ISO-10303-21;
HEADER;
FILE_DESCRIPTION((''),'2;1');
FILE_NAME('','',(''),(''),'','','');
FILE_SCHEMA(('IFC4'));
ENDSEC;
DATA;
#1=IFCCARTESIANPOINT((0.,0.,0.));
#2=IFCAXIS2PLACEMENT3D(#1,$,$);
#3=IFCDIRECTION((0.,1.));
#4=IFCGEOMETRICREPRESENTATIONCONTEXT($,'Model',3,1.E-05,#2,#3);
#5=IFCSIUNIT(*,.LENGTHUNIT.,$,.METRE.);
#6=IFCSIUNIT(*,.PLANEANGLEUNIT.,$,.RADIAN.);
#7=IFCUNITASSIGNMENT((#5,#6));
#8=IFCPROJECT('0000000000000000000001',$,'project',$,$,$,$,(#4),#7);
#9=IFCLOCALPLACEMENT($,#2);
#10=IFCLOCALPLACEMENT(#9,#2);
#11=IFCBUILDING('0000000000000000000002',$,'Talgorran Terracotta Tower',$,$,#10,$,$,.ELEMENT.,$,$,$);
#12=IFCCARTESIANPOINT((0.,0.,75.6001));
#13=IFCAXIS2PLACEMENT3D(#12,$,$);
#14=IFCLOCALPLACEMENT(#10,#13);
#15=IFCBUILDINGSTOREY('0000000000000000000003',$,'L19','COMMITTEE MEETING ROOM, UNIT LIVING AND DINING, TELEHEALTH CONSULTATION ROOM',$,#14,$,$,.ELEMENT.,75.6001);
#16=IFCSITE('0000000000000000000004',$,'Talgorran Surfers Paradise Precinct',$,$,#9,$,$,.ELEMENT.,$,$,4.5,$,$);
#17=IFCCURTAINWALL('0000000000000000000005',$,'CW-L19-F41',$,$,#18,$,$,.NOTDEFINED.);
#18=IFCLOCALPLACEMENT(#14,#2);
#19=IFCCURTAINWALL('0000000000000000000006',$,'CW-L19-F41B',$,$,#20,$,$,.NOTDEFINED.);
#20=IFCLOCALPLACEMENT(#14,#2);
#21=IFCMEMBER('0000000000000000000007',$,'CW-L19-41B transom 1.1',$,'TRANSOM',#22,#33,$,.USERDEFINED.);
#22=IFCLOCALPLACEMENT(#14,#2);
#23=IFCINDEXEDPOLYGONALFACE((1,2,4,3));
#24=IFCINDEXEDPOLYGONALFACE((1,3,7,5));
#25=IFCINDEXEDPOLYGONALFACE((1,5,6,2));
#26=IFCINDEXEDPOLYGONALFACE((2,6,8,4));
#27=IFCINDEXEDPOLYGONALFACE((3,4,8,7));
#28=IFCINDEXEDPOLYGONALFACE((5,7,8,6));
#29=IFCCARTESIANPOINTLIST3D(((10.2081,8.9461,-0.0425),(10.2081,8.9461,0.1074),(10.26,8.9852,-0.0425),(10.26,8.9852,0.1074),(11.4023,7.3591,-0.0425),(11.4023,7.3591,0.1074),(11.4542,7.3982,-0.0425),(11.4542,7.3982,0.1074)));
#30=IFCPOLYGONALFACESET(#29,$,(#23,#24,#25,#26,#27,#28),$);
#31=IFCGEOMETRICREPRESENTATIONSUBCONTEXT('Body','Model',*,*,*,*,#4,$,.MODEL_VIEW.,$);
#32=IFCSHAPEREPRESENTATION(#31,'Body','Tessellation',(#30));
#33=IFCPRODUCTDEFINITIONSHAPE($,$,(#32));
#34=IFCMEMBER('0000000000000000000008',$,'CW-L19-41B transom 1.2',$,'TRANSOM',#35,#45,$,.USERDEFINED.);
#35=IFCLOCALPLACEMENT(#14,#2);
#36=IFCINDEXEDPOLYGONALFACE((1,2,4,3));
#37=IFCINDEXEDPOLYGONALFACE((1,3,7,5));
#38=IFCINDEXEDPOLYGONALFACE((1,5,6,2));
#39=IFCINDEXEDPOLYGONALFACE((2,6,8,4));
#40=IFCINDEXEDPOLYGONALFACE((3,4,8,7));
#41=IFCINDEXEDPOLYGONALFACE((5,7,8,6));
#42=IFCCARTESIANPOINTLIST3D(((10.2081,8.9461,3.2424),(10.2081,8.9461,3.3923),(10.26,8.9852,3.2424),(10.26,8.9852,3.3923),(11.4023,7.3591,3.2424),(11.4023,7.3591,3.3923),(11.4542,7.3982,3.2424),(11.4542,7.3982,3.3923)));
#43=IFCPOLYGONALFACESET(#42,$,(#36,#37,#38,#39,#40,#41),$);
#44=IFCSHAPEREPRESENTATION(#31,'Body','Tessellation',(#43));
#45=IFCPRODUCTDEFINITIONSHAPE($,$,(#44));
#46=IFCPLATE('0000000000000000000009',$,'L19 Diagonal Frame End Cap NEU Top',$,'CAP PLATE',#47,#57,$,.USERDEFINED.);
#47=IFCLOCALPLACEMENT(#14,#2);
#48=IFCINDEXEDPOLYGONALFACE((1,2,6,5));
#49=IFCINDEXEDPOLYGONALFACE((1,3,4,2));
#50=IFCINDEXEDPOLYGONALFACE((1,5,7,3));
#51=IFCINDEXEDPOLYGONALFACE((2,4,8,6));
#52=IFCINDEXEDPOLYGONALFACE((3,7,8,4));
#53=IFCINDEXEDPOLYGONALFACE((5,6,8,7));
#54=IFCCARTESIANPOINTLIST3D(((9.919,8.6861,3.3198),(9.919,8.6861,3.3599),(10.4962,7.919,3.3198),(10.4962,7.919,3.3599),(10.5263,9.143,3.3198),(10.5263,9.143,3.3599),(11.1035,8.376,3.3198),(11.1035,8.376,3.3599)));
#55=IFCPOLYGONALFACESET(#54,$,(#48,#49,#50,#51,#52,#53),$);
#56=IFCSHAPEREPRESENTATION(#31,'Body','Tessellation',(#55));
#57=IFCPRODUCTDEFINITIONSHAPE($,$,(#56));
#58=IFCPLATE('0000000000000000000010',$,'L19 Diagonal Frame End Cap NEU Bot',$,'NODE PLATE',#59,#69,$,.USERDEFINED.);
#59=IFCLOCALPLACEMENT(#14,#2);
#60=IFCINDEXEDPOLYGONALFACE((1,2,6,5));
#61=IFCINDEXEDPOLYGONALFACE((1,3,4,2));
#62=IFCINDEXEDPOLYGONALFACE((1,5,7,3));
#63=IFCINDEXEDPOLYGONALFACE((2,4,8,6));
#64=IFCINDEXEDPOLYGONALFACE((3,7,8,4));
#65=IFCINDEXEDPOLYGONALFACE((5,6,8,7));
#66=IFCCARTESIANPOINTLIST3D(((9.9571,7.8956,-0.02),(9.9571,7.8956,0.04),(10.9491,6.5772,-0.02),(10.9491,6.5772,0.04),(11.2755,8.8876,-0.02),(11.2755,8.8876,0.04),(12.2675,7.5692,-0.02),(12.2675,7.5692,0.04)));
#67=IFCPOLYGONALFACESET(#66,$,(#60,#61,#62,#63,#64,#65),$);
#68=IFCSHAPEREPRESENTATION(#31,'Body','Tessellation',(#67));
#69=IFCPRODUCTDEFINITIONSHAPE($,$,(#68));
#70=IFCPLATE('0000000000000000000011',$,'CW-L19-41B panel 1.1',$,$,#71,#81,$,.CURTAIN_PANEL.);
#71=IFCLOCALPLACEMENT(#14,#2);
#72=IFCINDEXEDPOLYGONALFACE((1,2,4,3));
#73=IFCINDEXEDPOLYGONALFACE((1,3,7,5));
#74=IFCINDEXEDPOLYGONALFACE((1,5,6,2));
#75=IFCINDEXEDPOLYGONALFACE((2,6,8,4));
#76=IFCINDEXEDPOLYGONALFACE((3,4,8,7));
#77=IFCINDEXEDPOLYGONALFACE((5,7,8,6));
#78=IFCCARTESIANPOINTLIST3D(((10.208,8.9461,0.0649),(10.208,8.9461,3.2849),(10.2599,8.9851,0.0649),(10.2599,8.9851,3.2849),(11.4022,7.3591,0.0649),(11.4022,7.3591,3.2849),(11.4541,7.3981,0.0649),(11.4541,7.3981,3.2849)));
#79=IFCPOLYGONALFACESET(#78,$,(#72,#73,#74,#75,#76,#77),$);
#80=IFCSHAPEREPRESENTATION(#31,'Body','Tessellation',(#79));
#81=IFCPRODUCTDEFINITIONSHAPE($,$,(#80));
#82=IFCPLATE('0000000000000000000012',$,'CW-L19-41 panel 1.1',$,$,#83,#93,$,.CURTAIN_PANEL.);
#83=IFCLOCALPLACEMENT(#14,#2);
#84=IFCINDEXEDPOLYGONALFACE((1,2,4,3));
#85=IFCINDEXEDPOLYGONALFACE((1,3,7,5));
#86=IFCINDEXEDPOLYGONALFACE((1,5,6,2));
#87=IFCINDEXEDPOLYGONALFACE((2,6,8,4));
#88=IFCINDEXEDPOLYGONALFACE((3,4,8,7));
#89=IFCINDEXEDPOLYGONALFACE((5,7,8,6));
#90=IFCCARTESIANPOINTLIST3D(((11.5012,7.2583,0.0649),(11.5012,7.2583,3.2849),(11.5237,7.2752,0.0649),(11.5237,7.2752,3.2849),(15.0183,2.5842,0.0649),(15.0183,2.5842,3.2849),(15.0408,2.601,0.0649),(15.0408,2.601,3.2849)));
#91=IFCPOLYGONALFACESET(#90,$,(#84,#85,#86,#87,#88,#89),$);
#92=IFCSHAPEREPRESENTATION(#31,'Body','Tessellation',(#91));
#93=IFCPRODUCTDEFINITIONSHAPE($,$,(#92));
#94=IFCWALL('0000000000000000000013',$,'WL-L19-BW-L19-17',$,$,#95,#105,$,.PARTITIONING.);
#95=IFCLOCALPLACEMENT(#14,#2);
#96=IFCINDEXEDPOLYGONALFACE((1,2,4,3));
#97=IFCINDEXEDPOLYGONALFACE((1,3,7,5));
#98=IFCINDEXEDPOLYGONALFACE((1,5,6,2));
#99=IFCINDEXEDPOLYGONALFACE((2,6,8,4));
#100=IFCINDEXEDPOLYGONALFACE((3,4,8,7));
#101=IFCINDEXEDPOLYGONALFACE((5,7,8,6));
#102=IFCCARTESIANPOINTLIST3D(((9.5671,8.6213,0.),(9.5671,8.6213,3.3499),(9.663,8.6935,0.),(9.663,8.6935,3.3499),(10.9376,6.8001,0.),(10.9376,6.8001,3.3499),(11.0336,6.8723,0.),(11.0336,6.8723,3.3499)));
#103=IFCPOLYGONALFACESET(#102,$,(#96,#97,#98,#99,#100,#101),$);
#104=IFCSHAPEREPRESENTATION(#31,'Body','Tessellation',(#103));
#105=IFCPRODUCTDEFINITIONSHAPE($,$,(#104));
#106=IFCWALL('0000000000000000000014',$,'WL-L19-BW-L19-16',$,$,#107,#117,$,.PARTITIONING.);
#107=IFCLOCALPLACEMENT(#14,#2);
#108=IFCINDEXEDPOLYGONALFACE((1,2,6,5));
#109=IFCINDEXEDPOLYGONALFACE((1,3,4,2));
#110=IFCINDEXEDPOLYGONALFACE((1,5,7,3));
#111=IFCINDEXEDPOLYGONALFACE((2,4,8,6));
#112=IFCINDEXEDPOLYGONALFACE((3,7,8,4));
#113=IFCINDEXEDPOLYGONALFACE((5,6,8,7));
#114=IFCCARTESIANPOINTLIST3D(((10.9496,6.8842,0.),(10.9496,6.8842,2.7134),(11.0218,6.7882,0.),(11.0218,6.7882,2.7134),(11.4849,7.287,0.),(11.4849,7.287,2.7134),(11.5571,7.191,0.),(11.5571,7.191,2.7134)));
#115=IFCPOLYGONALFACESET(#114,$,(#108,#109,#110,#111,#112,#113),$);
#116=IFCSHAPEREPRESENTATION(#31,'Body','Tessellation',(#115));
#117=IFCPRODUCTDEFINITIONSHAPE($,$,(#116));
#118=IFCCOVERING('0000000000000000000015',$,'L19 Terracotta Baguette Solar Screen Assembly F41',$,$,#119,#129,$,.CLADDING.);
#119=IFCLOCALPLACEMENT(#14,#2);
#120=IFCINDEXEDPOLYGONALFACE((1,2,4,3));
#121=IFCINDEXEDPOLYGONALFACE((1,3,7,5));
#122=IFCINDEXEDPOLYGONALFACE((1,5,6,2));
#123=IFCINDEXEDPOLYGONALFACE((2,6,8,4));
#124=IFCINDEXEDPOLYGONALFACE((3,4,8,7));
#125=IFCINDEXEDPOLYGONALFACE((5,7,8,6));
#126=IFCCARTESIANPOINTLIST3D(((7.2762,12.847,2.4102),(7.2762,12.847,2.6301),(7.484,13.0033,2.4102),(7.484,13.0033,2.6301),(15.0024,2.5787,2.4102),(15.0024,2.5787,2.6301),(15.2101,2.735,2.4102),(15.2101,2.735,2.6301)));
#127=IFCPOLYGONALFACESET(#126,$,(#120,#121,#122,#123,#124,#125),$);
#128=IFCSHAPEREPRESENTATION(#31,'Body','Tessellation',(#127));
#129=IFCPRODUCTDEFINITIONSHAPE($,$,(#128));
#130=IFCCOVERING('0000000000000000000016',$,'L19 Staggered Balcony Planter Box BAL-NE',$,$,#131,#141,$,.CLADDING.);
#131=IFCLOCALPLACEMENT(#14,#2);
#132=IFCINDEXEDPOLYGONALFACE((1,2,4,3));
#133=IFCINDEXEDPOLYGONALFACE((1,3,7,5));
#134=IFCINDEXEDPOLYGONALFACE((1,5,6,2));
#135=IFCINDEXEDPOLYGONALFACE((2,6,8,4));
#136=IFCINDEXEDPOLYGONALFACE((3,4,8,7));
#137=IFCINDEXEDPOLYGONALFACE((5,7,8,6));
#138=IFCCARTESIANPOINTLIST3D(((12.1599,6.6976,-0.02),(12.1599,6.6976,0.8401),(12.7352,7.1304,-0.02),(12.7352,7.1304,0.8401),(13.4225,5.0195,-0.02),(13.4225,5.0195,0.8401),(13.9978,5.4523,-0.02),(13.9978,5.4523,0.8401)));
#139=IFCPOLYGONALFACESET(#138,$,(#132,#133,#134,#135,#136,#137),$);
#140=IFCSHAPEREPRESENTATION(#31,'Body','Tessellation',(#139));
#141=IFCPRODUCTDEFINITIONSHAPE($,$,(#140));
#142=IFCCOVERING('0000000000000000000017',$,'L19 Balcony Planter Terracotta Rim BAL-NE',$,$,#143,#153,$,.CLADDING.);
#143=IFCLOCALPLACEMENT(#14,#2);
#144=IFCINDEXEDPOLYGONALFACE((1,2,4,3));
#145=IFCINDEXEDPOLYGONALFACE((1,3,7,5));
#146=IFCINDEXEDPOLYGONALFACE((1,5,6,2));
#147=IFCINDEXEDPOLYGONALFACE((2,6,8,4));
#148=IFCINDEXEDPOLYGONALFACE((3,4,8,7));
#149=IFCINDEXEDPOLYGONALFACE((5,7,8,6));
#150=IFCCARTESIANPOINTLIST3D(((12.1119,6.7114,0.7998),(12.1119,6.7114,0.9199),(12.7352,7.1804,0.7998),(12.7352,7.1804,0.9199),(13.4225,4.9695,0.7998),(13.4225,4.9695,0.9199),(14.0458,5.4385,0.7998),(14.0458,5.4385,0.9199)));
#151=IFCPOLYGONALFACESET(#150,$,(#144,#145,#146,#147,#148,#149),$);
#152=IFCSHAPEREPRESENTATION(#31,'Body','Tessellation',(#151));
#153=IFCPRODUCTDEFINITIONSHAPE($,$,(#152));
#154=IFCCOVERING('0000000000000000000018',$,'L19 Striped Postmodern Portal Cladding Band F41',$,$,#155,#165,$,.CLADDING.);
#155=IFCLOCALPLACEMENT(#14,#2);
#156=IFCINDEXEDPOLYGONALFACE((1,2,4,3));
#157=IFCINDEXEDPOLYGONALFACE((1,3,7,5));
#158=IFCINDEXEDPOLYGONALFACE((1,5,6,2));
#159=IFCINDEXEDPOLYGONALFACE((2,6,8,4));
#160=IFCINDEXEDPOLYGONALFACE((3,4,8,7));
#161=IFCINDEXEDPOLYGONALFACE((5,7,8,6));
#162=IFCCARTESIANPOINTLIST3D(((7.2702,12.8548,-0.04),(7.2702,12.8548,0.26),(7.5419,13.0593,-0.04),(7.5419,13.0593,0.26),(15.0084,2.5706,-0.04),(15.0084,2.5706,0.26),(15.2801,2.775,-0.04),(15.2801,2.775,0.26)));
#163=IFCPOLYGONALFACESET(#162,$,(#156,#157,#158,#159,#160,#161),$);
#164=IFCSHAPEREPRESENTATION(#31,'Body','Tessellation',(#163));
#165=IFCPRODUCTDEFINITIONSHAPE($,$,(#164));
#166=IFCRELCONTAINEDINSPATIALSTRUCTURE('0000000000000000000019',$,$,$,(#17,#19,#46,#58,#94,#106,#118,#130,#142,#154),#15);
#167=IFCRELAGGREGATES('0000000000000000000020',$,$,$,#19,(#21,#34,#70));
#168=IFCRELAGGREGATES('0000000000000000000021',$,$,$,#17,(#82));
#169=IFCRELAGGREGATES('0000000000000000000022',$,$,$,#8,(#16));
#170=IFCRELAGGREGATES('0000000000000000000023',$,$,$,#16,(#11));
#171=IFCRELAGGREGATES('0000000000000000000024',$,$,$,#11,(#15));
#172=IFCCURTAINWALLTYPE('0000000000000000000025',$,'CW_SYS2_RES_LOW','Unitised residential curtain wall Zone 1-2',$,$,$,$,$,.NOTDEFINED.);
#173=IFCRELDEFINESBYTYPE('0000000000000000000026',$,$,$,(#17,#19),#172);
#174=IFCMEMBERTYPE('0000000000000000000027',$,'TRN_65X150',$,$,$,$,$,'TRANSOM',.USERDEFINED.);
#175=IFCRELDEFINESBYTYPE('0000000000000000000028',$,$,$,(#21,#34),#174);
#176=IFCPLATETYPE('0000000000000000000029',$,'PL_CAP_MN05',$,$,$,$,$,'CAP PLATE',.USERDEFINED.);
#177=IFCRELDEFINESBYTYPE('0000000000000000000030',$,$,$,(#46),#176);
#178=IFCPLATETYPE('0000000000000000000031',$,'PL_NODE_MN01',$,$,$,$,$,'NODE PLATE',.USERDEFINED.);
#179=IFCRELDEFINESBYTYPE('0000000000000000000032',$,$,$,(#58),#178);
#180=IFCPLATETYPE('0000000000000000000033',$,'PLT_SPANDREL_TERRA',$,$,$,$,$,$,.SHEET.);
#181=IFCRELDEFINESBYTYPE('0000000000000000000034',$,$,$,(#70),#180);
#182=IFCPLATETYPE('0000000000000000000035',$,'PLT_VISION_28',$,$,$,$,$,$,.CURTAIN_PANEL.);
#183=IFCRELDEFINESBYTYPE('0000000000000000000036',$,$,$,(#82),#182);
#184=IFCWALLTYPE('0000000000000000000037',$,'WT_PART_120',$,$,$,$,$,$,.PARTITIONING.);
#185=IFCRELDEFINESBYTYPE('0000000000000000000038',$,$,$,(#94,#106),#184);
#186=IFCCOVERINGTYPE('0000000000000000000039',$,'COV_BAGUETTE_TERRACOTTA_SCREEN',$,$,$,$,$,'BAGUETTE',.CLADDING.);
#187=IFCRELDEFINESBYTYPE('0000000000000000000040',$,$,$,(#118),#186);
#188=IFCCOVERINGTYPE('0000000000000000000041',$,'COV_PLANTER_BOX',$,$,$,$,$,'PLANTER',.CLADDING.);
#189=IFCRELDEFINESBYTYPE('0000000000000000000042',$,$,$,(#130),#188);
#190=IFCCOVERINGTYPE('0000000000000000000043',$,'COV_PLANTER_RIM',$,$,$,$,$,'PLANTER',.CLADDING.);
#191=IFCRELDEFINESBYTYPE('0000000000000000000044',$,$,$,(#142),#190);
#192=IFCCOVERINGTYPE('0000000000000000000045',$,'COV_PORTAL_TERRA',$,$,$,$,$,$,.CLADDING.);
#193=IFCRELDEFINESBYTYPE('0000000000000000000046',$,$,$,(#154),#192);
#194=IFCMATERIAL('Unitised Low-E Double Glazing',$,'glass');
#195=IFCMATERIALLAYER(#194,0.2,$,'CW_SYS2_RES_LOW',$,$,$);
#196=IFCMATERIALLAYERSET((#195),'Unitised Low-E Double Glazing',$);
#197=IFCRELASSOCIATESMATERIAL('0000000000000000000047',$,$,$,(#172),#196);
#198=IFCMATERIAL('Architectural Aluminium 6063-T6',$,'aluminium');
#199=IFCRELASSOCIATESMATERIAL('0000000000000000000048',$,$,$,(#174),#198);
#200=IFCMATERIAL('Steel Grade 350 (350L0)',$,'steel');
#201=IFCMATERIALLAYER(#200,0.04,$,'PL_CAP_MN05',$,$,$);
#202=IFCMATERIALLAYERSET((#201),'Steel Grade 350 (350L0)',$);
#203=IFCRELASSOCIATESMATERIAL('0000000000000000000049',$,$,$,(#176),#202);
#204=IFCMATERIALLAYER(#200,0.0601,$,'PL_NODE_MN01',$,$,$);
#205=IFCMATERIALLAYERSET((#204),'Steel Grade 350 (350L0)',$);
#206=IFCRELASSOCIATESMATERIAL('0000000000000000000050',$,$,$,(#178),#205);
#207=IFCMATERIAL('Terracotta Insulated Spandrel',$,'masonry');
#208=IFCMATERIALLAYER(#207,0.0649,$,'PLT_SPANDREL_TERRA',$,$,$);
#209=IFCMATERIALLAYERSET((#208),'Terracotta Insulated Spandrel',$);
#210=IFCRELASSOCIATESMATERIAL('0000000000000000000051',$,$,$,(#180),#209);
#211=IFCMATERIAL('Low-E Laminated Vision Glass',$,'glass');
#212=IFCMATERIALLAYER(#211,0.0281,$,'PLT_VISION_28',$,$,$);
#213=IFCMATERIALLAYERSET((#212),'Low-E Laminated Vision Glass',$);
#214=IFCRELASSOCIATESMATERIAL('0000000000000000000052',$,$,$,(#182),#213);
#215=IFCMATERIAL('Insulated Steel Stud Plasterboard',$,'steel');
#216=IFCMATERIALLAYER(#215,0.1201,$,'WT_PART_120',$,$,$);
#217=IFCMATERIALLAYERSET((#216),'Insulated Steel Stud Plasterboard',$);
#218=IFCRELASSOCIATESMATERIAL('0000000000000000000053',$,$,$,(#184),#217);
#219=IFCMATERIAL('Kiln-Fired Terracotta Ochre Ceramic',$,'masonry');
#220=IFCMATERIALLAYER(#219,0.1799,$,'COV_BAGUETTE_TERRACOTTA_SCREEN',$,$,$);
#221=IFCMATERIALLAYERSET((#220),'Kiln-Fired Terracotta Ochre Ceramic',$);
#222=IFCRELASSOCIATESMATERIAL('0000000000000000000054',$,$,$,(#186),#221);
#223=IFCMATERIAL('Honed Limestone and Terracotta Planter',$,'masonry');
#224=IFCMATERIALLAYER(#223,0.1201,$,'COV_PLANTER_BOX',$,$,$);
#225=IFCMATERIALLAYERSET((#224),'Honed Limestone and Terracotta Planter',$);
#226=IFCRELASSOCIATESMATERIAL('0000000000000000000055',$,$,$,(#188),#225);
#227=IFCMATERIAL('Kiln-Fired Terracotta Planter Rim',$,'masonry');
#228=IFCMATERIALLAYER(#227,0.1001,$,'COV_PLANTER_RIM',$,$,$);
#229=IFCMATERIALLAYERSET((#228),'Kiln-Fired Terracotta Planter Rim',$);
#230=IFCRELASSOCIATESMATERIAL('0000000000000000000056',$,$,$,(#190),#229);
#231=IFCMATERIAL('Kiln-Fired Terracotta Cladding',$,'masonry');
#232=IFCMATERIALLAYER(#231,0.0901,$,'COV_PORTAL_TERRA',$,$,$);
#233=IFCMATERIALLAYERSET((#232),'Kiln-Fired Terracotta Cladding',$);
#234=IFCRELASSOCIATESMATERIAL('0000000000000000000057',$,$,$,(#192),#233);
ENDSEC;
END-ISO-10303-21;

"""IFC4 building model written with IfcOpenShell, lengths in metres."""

from ifc_helpers import new_model, si_unit, direction, frame, frame_2d, origin, origin_2d, place, context, subcontext, project, spatial, rectangle, extrude, source, transform, mapped, material, layer, layer_set, material_profile, profile_set, type_object, type_shapes, element, aggregate, save


model = new_model("IFC4")

# Units and contexts
model_context = context("Model", 3, precision=1e-05, world=origin(), true_north=direction((0.0, 1.0)))
body_context = subcontext(model_context, "Body", "Model", "MODEL_VIEW")
ifc_project = project(units=[si_unit("LENGTHUNIT", "METRE"), si_unit("PLANEANGLEUNIT", "RADIAN")], contexts=[model_context])

# Site, building, storey
site_placement = place(None, origin())
site = spatial("IfcSite", under=ifc_project, at=site_placement, Name="Talgorran Surfers Paradise Precinct", CompositionType="ELEMENT", RefElevation=4.5)
building_placement = place(site_placement, origin())
building = spatial("IfcBuilding", under=site, at=building_placement, Name="Talgorran Terracotta Tower", CompositionType="ELEMENT")
storey_placement = place(building_placement, frame((0.0, 0.0, 75.6001)))
storey = spatial("IfcBuildingStorey", under=building, at=storey_placement, Name="L19", Description="COMMITTEE MEETING ROOM, UNIT LIVING AND DINING, TELEHEALTH CONSULTATION ROOM", CompositionType="ELEMENT", Elevation=75.6001)

# Shared definitions
ifc_material_1 = material(Name="Steel Grade 350 (350L0)", Category="steel")

# Curtain wall
ifc_material_2 = material(Name="Unitised Low-E Double Glazing", Category="glass")
ifc_layer_1 = layer(ifc_material_2, 0.2, Name="CW_SYS2_RES_LOW")
ifc_layer_set_1 = layer_set([ifc_layer_1], Name="Unitised Low-E Double Glazing")
curtain_wall_type = type_object("IfcCurtainWallType", Name="CW_SYS2_RES_LOW", Description="Unitised residential curtain wall Zone 1-2", PredefinedType="NOTDEFINED", material=ifc_layer_set_1)
curtain_wall_1_placement = place(storey_placement, origin())
curtain_wall_1 = element("IfcCurtainWall", 1, at=curtain_wall_1_placement, inside=storey, type_object=curtain_wall_type, Name="CW-L19-F41", PredefinedType="NOTDEFINED")
ifc_material_3 = material(Name="Architectural Aluminium 6063-T6", Category="aluminium")

# Curtain wall
curtain_wall_2_placement = place(storey_placement, origin())
curtain_wall_2 = element("IfcCurtainWall", 2, at=curtain_wall_2_placement, inside=storey, type_object=curtain_wall_type, Name="CW-L19-F41B", PredefinedType="NOTDEFINED")

# Members
ifc_material_profile_1 = material_profile(ifc_material_3, rectangle(XDim=0.0649, YDim=0.1499, at=origin_2d()), Name="CWT65X150")
ifc_profile_set_1 = profile_set([ifc_material_profile_1], Name="Architectural Aluminium 6063-T6")
member_type_1 = type_object("IfcMemberType", Name="TRN_65X150", ElementType="TRANSOM", PredefinedType="USERDEFINED", material=ifc_profile_set_1)
member_1_placement = place(storey_placement, frame((11.4282, 7.3787, 0.0325), z_axis=(-0.601258, 0.799055, 0.0), x_axis=(-0.799055, -0.601258, 0.0)))
member_1 = element("IfcMember", 3, at=member_1_placement, type_object=member_type_1, Name="CW-L19-41B transom 1.1", ObjectType="TRANSOM", PredefinedType="USERDEFINED", context=body_context, shape_type="SweptSolid", body=[
    extrude(rectangle(XDim=0.0649, YDim=0.1499, at=origin_2d()), origin(), (0.0, 0.0, 1.0), 1.9861),
])
member_2_placement = place(storey_placement, frame((11.4282, 7.3787, 3.3174), z_axis=(-0.601258, 0.799055, 0.0), x_axis=(-0.799055, -0.601258, 0.0)))
member_2 = element("IfcMember", 4, at=member_2_placement, type_object=member_type_1, Name="CW-L19-41B transom 1.2", ObjectType="TRANSOM", PredefinedType="USERDEFINED", context=body_context, shape_type="SweptSolid", body=[
    extrude(rectangle(XDim=0.0649, YDim=0.1499, at=origin_2d()), origin(), (0.0, 0.0, 1.0), 1.9861),
])

# Plates
ifc_layer_2 = layer(ifc_material_1, 0.04, Name="PL_CAP_MN05")
ifc_layer_set_2 = layer_set([ifc_layer_2], Name="Steel Grade 350 (350L0)")
plate_type_1 = type_object("IfcPlateType", Name="PL_CAP_MN05", ElementType="CAP PLATE", PredefinedType="USERDEFINED", material=ifc_layer_set_2)
plate_1_placement = place(storey_placement, frame((10.5112, 8.531, 3.3198), z_axis=(0.0, 0.0, 1.0), x_axis=(-0.601257, 0.799055, 0.0)))
element("IfcPlate", 5, at=plate_1_placement, inside=storey, type_object=plate_type_1, Name="L19 Diagonal Frame End Cap NEU Top", ObjectType="CAP PLATE", PredefinedType="USERDEFINED", context=body_context, shape_type="SweptSolid", body=[
    extrude(rectangle(XDim=0.96, YDim=0.76, at=origin_2d()), origin(), (0.0, 0.0, 1.0), 0.04),
])
ifc_layer_3 = layer(ifc_material_1, 0.0601, Name="PL_NODE_MN01")
ifc_layer_set_3 = layer_set([ifc_layer_3], Name="Steel Grade 350 (350L0)")
plate_type_2 = type_object("IfcPlateType", Name="PL_NODE_MN01", ElementType="NODE PLATE", PredefinedType="USERDEFINED", material=ifc_layer_set_3)
plate_2_placement = place(storey_placement, frame((11.1123, 7.7324, -0.02), z_axis=(0.0, 0.0, 1.0), x_axis=(-0.601257, 0.799055, 0.0)))
element("IfcPlate", 6, at=plate_2_placement, inside=storey, type_object=plate_type_2, Name="L19 Diagonal Frame End Cap NEU Bot", ObjectType="NODE PLATE", PredefinedType="USERDEFINED", context=body_context, shape_type="SweptSolid", body=[
    extrude(rectangle(XDim=1.6499, YDim=1.6499, at=origin_2d()), origin(), (0.0, 0.0, 1.0), 0.0601),
])

# Plates
ifc_material_4 = material(Name="Terracotta Insulated Spandrel", Category="masonry")
ifc_layer_4 = layer(ifc_material_4, 0.0649, Name="PLT_SPANDREL_TERRA")
ifc_layer_set_4 = layer_set([ifc_layer_4], Name="Terracotta Insulated Spandrel")
plate_type_3 = type_object("IfcPlateType", Name="PLT_SPANDREL_TERRA", PredefinedType="SHEET", material=ifc_layer_set_4)
shared_shape_1 = source(origin(), body_context, "Body", "SweptSolid", [
    extrude(rectangle(XDim=1.9861, YDim=0.0649, at=origin_2d()), origin(), (0.0, 0.0, 1.0), 3.22),
])
type_shapes(plate_type_3, [shared_shape_1])
plate_3_placement = place(storey_placement, frame((10.8311, 8.1721, 0.0649), z_axis=(0.0, 0.0, 1.0), x_axis=(-0.601247, 0.799063, 0.0)))
plate_3 = element("IfcPlate", 7, at=plate_3_placement, type_object=plate_type_3, Name="CW-L19-41B panel 1.1", PredefinedType="CURTAIN_PANEL", context=body_context, shape_type="MappedRepresentation", body=[
    mapped(shared_shape_1, transform((0.0, 0.0, 0.0), scale=1.0)),
])
aggregate(curtain_wall_2, [member_1, member_2, plate_3])
ifc_material_5 = material(Name="Low-E Laminated Vision Glass", Category="glass")
ifc_layer_5 = layer(ifc_material_5, 0.0281, Name="PLT_VISION_28")
ifc_layer_set_5 = layer_set([ifc_layer_5], Name="Low-E Laminated Vision Glass")
plate_type_4 = type_object("IfcPlateType", Name="PLT_VISION_28", PredefinedType="CURTAIN_PANEL", material=ifc_layer_set_5)
shared_shape_2 = source(origin(), body_context, "Body", "SweptSolid", [
    extrude(rectangle(XDim=5.8496, YDim=0.0281, at=origin_2d()), origin(), (0.0, 0.0, 1.0), 3.22),
])
type_shapes(plate_type_4, [shared_shape_2])
plate_4_placement = place(storey_placement, frame((13.271, 4.9297, 0.0649), z_axis=(0.0, 0.0, 1.0), x_axis=(-0.601252, 0.79906, 0.0)))
plate_4 = element("IfcPlate", 8, at=plate_4_placement, type_object=plate_type_4, Name="CW-L19-41 panel 1.1", PredefinedType="CURTAIN_PANEL", context=body_context, shape_type="MappedRepresentation", body=[
    mapped(shared_shape_2, transform((0.0, 0.0, 0.0), scale=1.0)),
])
aggregate(curtain_wall_1, [plate_4])

# Walls
ifc_material_6 = material(Name="Insulated Steel Stud Plasterboard", Category="steel")
ifc_layer_6 = layer(ifc_material_6, 0.1201, Name="WT_PART_120")
ifc_layer_set_6 = layer_set([ifc_layer_6], Name="Insulated Steel Stud Plasterboard")
wall_type = type_object("IfcWallType", Name="WT_PART_120", PredefinedType="PARTITIONING", material=ifc_layer_set_6)
wall_1_placement = place(storey_placement, frame((10.9856, 6.8362, 0.0), z_axis=(0.0, 0.0, 1.0), x_axis=(-0.601302, 0.799022, 0.0)))
element("IfcWall", 9, at=wall_1_placement, inside=storey, type_object=wall_type, Name="WL-L19-BW-L19-17", PredefinedType="PARTITIONING", context=body_context, shape_type="SweptSolid", body=[
    extrude(rectangle(XDim=2.2793, YDim=0.1201, at=frame_2d((1.1396, 0.0))), origin(), (0.0, 0.0, 1.0), 3.3499),
])
wall_2_placement = place(storey_placement, frame((11.521, 7.239, 0.0), z_axis=(0.0, 0.0, 1.0), x_axis=(-0.799081, -0.601224, 0.0)))
element("IfcWall", 10, at=wall_2_placement, inside=storey, type_object=wall_type, Name="WL-L19-BW-L19-16", PredefinedType="PARTITIONING", context=body_context, shape_type="SweptSolid", body=[
    extrude(rectangle(XDim=0.6699, YDim=0.1201, at=frame_2d((0.335, 0.0))), origin(), (0.0, 0.0, 1.0), 2.7134),
])

# Coverings
ifc_material_7 = material(Name="Kiln-Fired Terracotta Ochre Ceramic", Category="masonry")
ifc_layer_7 = layer(ifc_material_7, 0.1799, Name="COV_BAGUETTE_TERRACOTTA_SCREEN")
ifc_layer_set_7 = layer_set([ifc_layer_7], Name="Kiln-Fired Terracotta Ochre Ceramic")
covering_type_1 = type_object("IfcCoveringType", Name="COV_BAGUETTE_TERRACOTTA_SCREEN", ElementType="BAGUETTE", PredefinedType="CLADDING", material=ifc_layer_set_7)
covering_1_placement = place(storey_placement, frame((11.2432, 7.791, 2.4102), z_axis=(0.0, 0.0, 1.0), x_axis=(-0.601243, 0.799066, 0.0)))
element("IfcCovering", 11, at=covering_1_placement, inside=storey, type_object=covering_type_1, Name="L19 Terracotta Baguette Solar Screen Assembly F41", PredefinedType="CLADDING", context=body_context, shape_type="SweptSolid", body=[
    extrude(rectangle(XDim=12.8503, YDim=0.26, at=origin_2d()), origin(), (0.0, 0.0, 1.0), 0.22),
])
ifc_material_8 = material(Name="Honed Limestone and Terracotta Planter", Category="masonry")
ifc_layer_8 = layer(ifc_material_8, 0.1201, Name="COV_PLANTER_BOX")
ifc_layer_set_8 = layer_set([ifc_layer_8], Name="Honed Limestone and Terracotta Planter")
covering_type_2 = type_object("IfcCoveringType", Name="COV_PLANTER_BOX", ElementType="PLANTER", PredefinedType="CLADDING", material=ifc_layer_set_8)
covering_2_placement = place(storey_placement, frame((13.0789, 6.075, -0.02), z_axis=(0.0, 0.0, 1.0), x_axis=(-0.601243, 0.799066, 0.0)))
element("IfcCovering", 12, at=covering_2_placement, inside=storey, type_object=covering_type_2, Name="L19 Staggered Balcony Planter Box BAL-NE", PredefinedType="CLADDING", context=body_context, shape_type="SweptSolid", body=[
    extrude(rectangle(XDim=2.1001, YDim=0.72, at=origin_2d()), origin(), (0.0, 0.0, 1.0), 0.8601),
])
ifc_material_9 = material(Name="Kiln-Fired Terracotta Planter Rim", Category="masonry")
ifc_layer_9 = layer(ifc_material_9, 0.1001, Name="COV_PLANTER_RIM")
ifc_layer_set_9 = layer_set([ifc_layer_9], Name="Kiln-Fired Terracotta Planter Rim")
covering_type_3 = type_object("IfcCoveringType", Name="COV_PLANTER_RIM", ElementType="PLANTER", PredefinedType="CLADDING", material=ifc_layer_set_9)
covering_3_placement = place(storey_placement, frame((13.0789, 6.075, 0.7998), z_axis=(0.0, 0.0, 1.0), x_axis=(-0.601243, 0.799066, 0.0)))
element("IfcCovering", 13, at=covering_3_placement, inside=storey, type_object=covering_type_3, Name="L19 Balcony Planter Terracotta Rim BAL-NE", PredefinedType="CLADDING", context=body_context, shape_type="SweptSolid", body=[
    extrude(rectangle(XDim=2.1799, YDim=0.78, at=origin_2d()), origin(), (0.0, 0.0, 1.0), 0.1201),
])
ifc_material_10 = material(Name="Kiln-Fired Terracotta Cladding", Category="masonry")
ifc_layer_10 = layer(ifc_material_10, 0.0901, Name="COV_PORTAL_TERRA")
ifc_layer_set_10 = layer_set([ifc_layer_10], Name="Kiln-Fired Terracotta Cladding")
covering_type_4 = type_object("IfcCoveringType", Name="COV_PORTAL_TERRA", PredefinedType="CLADDING", material=ifc_layer_set_10)
covering_4_placement = place(storey_placement, frame((11.2751, 7.8149, -0.04), z_axis=(0.0, 0.0, 1.0), x_axis=(-0.601243, 0.799066, 0.0)))
element("IfcCovering", 14, at=covering_4_placement, inside=storey, type_object=covering_type_4, Name="L19 Striped Postmodern Portal Cladding Band F41", PredefinedType="CLADDING", context=body_context, shape_type="SweptSolid", body=[
    extrude(rectangle(XDim=12.8704, YDim=0.3401, at=origin_2d()), origin(), (0.0, 0.0, 1.0), 0.3),
])

save(model, "model.ifc")
